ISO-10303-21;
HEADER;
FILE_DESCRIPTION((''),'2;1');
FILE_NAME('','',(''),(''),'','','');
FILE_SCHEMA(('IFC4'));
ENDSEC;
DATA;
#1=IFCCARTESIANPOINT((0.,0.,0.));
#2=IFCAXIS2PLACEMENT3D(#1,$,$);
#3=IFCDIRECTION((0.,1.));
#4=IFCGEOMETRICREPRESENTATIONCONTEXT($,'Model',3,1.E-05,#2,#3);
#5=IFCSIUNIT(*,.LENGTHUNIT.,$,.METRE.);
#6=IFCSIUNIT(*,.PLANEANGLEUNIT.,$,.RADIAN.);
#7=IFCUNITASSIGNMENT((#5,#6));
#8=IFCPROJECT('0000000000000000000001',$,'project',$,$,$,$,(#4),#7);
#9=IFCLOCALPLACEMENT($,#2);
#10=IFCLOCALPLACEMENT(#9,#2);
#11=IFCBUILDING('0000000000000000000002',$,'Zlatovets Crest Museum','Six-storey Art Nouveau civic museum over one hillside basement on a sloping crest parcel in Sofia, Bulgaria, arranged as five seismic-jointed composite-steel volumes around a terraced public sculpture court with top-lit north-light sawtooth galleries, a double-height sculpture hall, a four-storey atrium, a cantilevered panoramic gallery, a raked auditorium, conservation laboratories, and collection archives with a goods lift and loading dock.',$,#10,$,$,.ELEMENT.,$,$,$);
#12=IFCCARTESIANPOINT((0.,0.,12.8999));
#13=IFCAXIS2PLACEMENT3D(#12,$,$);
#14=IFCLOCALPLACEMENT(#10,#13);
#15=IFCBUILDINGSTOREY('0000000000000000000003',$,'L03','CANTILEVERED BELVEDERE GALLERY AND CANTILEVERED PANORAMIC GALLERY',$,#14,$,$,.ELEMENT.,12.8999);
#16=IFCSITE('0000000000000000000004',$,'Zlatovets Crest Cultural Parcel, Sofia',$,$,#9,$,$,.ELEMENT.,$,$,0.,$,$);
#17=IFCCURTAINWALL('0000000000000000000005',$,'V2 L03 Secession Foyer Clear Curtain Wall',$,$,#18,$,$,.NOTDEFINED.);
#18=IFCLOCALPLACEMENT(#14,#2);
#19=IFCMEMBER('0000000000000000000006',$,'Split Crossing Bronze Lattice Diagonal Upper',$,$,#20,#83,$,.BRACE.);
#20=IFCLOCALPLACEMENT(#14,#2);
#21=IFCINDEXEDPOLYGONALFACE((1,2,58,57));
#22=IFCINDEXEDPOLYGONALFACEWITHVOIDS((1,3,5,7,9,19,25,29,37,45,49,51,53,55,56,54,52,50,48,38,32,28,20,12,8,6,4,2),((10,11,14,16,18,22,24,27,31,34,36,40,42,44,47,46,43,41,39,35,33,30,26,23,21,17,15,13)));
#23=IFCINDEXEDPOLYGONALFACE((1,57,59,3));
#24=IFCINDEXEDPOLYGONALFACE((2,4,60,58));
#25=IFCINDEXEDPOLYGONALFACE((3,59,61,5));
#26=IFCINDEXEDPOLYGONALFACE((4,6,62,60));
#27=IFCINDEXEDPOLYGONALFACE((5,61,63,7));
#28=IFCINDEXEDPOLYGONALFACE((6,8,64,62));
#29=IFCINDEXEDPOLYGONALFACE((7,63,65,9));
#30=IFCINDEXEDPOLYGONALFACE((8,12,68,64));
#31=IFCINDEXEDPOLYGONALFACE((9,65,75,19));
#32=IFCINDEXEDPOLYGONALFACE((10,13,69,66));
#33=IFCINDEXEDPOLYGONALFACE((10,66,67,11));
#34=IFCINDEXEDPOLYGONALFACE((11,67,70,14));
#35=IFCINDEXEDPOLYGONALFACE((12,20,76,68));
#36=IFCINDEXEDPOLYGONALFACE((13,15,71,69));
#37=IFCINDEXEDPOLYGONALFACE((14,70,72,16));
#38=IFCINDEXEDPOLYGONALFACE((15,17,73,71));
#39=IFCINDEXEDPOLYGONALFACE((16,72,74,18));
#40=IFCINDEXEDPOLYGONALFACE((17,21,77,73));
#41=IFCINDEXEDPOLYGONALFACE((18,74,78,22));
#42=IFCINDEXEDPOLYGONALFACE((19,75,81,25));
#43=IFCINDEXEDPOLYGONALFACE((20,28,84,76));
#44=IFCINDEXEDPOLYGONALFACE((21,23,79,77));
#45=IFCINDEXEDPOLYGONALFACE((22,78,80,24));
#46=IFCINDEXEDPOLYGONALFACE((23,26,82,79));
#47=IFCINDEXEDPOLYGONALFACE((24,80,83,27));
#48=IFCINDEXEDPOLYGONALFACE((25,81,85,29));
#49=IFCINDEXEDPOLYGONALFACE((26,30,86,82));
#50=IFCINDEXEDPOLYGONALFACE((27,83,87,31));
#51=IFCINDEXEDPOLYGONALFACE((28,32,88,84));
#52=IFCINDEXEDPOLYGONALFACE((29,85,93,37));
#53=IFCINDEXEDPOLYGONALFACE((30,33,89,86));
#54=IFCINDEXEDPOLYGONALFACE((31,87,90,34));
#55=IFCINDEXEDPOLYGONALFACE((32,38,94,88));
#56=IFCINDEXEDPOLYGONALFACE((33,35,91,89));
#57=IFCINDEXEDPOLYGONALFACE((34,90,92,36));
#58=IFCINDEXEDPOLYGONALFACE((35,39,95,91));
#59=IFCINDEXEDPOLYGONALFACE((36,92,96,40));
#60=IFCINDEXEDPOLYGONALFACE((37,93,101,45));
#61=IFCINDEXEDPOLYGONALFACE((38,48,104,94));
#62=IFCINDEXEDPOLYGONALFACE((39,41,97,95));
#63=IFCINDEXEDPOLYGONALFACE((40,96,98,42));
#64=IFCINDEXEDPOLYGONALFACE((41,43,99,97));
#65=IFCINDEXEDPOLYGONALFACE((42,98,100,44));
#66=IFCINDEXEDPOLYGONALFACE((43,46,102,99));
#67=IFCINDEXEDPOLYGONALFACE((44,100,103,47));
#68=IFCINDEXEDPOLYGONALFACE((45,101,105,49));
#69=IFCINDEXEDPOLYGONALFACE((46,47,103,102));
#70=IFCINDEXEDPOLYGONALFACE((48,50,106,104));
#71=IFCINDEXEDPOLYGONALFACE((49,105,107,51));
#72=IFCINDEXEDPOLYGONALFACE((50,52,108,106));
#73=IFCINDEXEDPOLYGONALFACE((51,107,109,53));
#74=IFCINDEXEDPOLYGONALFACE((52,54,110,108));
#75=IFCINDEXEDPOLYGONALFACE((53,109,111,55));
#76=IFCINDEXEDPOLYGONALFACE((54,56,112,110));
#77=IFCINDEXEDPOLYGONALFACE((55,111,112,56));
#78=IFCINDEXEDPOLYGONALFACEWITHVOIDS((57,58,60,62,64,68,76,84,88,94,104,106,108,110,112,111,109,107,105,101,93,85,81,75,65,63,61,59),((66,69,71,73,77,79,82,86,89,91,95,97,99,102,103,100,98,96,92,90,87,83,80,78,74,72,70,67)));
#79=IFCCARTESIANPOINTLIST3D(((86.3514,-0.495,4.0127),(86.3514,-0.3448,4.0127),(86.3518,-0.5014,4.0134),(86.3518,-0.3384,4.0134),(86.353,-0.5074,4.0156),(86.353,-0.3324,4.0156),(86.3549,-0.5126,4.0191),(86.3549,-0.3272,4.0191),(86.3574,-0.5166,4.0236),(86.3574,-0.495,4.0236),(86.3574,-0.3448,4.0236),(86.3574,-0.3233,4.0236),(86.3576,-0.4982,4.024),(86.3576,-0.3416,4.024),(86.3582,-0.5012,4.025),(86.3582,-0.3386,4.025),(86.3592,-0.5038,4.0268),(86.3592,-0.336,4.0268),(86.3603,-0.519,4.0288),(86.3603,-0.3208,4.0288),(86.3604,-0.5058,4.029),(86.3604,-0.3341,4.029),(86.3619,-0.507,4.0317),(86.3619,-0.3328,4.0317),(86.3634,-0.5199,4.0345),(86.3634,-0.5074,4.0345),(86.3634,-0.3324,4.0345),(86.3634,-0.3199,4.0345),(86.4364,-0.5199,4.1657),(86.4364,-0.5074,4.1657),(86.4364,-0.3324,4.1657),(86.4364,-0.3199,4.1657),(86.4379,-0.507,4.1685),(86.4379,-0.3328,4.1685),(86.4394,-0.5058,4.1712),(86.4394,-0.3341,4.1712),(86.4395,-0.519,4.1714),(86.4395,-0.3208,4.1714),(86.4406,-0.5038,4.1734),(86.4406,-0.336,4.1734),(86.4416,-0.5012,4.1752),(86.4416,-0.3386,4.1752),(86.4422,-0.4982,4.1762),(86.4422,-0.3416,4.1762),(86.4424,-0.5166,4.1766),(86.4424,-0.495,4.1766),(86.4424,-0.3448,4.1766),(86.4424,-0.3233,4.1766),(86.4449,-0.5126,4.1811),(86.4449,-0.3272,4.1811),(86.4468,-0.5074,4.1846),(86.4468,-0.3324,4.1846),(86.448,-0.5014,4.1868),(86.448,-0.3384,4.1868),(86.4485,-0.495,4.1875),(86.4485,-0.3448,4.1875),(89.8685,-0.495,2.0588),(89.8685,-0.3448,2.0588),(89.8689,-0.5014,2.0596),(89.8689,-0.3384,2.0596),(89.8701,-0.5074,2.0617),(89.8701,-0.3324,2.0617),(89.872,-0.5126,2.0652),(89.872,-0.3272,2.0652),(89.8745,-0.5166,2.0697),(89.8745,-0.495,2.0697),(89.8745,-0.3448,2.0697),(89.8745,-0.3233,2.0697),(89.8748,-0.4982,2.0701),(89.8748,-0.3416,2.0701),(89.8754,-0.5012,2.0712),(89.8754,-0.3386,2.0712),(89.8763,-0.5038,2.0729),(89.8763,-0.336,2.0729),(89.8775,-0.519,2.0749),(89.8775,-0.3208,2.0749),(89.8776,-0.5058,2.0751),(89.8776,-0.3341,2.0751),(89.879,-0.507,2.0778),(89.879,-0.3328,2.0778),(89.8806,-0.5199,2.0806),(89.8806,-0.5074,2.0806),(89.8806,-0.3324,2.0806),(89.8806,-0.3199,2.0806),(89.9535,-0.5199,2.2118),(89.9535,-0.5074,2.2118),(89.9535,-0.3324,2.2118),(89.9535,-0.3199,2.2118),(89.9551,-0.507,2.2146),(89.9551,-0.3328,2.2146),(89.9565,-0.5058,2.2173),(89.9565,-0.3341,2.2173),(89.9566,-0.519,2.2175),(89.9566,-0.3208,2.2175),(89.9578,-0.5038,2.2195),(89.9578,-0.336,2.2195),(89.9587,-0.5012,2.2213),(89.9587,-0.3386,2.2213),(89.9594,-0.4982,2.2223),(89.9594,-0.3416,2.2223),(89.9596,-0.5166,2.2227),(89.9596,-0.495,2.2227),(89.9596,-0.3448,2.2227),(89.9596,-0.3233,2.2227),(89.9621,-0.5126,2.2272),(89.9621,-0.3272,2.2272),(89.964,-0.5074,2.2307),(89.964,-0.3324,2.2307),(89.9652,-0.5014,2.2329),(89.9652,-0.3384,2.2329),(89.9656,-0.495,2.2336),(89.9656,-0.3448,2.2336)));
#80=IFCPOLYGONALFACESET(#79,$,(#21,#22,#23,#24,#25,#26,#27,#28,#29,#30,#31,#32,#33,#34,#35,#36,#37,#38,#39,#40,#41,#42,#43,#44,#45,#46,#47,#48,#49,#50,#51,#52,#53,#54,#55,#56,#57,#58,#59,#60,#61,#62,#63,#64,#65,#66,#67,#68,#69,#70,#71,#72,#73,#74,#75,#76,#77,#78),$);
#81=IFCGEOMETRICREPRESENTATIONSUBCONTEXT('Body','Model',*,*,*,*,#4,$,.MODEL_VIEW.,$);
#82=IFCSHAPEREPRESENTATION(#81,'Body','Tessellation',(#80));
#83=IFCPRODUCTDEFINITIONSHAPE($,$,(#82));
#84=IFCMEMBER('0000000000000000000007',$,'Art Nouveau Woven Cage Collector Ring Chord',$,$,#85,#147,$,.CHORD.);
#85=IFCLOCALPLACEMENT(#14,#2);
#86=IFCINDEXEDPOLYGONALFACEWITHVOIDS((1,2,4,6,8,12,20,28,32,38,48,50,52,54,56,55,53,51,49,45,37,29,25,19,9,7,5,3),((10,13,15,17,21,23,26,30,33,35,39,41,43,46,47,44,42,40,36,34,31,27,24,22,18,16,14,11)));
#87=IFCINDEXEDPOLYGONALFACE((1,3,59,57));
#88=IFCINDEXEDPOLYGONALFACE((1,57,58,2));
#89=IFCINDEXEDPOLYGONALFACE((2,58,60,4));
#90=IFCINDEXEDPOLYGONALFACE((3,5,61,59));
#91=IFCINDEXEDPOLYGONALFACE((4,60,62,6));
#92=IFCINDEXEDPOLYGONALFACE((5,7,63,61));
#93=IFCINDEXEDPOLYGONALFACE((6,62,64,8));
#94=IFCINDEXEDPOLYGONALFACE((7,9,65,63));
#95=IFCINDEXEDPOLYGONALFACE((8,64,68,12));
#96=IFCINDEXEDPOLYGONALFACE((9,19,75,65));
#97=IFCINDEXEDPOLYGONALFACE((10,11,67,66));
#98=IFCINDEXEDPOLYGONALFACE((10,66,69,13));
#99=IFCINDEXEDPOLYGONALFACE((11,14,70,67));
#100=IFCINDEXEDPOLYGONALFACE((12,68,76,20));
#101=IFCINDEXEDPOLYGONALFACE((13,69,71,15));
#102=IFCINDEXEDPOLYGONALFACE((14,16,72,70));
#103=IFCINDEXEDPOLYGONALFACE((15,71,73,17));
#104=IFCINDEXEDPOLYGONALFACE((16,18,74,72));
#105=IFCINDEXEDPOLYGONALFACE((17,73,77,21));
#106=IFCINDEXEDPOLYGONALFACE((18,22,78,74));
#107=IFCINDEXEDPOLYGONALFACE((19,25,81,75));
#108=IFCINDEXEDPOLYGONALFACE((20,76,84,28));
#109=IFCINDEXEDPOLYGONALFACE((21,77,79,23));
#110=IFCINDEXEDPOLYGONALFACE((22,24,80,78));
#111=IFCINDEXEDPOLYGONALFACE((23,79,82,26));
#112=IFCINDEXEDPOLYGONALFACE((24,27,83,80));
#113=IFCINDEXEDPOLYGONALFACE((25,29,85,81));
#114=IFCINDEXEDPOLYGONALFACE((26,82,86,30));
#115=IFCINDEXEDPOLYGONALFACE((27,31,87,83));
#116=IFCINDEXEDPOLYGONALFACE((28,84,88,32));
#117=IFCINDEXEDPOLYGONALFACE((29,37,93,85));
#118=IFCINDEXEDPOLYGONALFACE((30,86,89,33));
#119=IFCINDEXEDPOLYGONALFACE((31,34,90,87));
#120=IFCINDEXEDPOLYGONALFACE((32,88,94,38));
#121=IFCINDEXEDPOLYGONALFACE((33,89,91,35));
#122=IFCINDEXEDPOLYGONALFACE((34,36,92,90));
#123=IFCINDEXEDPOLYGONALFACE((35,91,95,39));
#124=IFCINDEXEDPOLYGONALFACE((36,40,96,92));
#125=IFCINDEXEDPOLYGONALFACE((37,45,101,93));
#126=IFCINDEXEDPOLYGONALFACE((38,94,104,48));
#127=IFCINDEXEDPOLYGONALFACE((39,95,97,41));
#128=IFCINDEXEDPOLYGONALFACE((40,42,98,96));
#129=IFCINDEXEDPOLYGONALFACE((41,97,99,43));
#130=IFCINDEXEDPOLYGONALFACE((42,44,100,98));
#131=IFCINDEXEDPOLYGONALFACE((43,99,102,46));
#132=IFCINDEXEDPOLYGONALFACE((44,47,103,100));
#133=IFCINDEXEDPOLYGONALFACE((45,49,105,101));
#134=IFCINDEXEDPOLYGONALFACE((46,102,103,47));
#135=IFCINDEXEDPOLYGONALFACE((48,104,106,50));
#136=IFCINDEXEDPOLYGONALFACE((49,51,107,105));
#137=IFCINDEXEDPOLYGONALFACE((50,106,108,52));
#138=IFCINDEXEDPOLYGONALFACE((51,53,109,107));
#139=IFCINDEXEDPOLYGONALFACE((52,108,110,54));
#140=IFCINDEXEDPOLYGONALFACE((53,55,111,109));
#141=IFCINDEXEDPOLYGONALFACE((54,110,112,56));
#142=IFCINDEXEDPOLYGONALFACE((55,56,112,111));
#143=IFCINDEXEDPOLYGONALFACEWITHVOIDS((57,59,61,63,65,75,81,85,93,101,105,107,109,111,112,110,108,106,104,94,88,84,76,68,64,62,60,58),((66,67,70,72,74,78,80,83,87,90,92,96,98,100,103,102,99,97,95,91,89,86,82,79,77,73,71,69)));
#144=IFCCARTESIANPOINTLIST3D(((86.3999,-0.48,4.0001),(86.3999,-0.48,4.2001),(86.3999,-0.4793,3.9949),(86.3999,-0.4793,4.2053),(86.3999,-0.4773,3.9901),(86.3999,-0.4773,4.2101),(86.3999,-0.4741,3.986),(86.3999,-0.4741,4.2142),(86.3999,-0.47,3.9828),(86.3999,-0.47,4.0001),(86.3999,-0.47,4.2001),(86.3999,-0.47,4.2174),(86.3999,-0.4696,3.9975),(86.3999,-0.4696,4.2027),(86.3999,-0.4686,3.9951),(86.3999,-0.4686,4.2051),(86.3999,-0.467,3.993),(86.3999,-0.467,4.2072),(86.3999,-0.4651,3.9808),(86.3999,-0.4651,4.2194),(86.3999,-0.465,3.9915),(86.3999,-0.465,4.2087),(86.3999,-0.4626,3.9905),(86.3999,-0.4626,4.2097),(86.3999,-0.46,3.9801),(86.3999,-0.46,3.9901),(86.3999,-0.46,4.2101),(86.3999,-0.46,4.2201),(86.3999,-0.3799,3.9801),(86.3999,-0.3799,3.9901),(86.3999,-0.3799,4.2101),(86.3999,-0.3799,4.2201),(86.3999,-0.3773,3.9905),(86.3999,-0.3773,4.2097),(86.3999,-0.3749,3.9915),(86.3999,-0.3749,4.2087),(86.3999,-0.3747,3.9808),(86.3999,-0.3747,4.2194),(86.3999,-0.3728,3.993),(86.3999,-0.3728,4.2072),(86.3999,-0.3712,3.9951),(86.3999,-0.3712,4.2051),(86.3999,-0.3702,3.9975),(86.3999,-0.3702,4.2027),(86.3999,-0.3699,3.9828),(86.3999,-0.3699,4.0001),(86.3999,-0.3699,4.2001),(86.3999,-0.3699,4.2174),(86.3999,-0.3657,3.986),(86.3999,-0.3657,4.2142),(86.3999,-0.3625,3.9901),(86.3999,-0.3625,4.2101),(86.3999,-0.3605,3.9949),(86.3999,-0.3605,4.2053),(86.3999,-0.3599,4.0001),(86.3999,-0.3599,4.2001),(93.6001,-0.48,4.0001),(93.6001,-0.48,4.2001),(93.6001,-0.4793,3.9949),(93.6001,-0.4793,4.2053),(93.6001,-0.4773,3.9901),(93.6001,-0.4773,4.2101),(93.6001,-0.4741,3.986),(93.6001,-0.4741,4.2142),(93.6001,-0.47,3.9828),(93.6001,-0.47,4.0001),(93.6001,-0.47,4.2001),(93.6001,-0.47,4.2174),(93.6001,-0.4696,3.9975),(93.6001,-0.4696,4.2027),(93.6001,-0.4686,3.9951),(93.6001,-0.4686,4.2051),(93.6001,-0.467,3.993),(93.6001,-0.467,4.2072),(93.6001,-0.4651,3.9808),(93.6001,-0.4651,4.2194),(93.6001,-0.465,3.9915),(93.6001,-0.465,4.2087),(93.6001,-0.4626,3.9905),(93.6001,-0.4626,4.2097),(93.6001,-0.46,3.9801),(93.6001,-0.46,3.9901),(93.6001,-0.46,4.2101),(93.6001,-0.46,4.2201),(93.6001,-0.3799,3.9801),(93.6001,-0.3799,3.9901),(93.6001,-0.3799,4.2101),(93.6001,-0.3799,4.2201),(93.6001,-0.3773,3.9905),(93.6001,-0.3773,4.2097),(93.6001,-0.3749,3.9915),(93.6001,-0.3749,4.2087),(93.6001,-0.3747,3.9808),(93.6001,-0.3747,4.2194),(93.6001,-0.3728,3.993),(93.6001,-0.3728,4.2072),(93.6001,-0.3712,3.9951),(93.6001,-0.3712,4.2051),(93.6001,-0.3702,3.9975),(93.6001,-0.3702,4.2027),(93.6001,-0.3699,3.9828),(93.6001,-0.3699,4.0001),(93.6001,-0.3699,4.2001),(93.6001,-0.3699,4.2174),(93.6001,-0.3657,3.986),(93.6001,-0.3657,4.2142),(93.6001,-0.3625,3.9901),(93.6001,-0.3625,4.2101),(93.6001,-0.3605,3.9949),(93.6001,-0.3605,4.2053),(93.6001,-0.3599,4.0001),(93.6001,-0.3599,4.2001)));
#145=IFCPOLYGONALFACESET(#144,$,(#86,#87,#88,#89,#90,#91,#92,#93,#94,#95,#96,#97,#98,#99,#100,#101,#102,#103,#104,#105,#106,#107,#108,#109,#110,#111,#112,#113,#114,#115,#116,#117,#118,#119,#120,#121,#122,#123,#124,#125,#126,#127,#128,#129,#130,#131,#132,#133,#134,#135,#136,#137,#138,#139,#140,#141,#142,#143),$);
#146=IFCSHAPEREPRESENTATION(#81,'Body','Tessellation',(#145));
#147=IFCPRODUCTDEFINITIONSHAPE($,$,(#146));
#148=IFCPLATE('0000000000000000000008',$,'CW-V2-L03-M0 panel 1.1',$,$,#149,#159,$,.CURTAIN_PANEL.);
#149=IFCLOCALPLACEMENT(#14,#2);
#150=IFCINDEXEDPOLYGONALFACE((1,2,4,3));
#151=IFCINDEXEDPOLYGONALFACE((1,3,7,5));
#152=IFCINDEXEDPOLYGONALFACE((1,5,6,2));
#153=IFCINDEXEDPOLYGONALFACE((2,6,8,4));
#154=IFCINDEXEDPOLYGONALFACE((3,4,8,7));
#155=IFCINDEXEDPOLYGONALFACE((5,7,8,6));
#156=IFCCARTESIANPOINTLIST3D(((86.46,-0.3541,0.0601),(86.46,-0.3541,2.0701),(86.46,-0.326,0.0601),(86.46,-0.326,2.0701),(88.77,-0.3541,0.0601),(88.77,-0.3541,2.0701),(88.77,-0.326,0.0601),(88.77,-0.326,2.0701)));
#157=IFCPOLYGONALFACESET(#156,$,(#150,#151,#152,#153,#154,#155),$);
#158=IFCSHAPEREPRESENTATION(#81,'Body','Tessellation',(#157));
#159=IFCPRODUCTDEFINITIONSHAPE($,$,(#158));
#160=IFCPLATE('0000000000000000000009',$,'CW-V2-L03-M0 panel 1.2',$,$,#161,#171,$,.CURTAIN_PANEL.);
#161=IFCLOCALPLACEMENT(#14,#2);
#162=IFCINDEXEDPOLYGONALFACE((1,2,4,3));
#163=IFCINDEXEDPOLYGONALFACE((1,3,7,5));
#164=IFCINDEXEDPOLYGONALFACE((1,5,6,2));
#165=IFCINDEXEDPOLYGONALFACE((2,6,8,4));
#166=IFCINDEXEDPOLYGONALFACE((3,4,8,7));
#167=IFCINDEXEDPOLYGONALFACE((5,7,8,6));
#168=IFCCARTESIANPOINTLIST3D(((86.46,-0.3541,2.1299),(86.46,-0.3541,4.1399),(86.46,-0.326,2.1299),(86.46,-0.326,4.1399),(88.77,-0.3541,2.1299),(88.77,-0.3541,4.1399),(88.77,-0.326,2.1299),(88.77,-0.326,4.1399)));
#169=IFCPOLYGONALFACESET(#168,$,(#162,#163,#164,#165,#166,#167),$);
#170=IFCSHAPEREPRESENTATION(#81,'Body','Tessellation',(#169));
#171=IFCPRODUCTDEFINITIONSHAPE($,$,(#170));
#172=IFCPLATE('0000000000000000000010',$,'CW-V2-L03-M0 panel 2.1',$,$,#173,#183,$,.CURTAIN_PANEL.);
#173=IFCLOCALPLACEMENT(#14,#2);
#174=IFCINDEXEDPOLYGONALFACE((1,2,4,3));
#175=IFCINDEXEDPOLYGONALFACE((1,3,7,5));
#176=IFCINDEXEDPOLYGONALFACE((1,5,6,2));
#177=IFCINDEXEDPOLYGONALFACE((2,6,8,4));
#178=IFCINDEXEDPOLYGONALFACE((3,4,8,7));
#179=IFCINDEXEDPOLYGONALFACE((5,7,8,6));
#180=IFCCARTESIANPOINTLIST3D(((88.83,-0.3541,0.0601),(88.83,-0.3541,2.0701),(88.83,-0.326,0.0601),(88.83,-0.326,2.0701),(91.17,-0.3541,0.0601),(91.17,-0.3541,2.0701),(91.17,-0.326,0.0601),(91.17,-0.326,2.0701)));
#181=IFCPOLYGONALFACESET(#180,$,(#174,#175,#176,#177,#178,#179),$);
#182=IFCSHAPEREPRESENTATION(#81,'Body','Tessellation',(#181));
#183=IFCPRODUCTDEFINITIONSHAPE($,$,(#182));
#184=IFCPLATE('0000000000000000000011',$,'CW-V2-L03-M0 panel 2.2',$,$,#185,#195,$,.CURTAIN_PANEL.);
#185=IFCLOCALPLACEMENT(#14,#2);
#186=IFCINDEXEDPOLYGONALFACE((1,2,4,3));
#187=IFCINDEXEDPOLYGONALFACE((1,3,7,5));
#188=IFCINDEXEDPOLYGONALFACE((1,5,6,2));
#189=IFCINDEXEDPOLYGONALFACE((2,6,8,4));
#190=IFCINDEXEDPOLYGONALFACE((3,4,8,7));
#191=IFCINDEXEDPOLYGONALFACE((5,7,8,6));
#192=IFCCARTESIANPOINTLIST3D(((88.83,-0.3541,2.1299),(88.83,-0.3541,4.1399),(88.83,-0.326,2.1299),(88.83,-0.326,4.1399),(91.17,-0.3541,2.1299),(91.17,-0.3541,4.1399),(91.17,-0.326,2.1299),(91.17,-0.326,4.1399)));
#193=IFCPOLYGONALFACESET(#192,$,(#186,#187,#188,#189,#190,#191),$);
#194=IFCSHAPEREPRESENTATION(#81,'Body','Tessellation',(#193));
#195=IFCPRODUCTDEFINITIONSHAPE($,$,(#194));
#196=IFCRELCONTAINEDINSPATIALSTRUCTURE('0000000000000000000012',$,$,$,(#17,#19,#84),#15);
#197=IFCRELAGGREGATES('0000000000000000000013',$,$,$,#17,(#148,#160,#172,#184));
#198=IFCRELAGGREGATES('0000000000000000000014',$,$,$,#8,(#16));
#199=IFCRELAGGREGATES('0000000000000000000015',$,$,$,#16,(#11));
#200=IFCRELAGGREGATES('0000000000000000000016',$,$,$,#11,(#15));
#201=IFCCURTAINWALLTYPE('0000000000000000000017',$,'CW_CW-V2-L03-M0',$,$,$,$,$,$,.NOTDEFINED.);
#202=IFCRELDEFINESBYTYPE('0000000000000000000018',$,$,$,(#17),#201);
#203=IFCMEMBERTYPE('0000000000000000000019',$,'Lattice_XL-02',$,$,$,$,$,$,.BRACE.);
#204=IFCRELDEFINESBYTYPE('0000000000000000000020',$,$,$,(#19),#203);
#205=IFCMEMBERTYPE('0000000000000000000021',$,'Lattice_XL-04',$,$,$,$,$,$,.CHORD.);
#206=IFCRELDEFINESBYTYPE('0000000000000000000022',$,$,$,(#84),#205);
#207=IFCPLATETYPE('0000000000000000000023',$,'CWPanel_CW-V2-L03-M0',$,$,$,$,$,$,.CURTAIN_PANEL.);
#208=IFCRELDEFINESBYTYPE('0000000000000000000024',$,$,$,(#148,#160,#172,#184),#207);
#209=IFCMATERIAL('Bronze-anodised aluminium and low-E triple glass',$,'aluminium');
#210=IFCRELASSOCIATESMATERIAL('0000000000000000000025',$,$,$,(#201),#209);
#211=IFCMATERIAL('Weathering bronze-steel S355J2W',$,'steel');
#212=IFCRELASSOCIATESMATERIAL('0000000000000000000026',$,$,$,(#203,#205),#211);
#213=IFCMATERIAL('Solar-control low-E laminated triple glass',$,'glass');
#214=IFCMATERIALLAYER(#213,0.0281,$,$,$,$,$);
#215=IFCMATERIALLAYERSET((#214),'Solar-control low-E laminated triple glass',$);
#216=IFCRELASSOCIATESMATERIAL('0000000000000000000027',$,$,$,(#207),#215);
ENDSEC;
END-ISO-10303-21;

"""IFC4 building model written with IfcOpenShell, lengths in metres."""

from ifc_helpers import new_model, si_unit, direction, frame, origin, origin_2d, place, context, subcontext, project, spatial, rectangle, hollow_rectangle, extrude, material, layer, layer_set, material_profile, profile_set, type_object, element, aggregate, save


model = new_model("IFC4")

# Units and contexts
model_context = context("Model", 3, precision=1e-05, world=origin(), true_north=direction((0.0, 1.0)))
body_context = subcontext(model_context, "Body", "Model", "MODEL_VIEW")
ifc_project = project(units=[si_unit("LENGTHUNIT", "METRE"), si_unit("PLANEANGLEUNIT", "RADIAN")], contexts=[model_context])

# Site, building, storey
site_placement = place(None, origin())
site = spatial("IfcSite", under=ifc_project, at=site_placement, Name="Zlatovets Crest Cultural Parcel, Sofia", CompositionType="ELEMENT", RefElevation=0.0)
building_placement = place(site_placement, origin())
building = spatial("IfcBuilding", under=site, at=building_placement, Name="Zlatovets Crest Museum", Description="Six-storey Art Nouveau civic museum over one hillside basement on a sloping crest parcel in Sofia, Bulgaria, arranged as five seismic-jointed composite-steel volumes around a terraced public sculpture court with top-lit north-light sawtooth galleries, a double-height sculpture hall, a four-storey atrium, a cantilevered panoramic gallery, a raked auditorium, conservation laboratories, and collection archives with a goods lift and loading dock.", CompositionType="ELEMENT")
storey_placement = place(building_placement, frame((0.0, 0.0, 12.8999)))
storey = spatial("IfcBuildingStorey", under=building, at=storey_placement, Name="L03", Description="CANTILEVERED BELVEDERE GALLERY AND CANTILEVERED PANORAMIC GALLERY", CompositionType="ELEMENT", Elevation=12.8999)

# Curtain wall
ifc_material_1 = material(Name="Bronze-anodised aluminium and low-E triple glass", Category="aluminium")
curtain_wall_type = type_object("IfcCurtainWallType", Name="CW_CW-V2-L03-M0", PredefinedType="NOTDEFINED", material=ifc_material_1)
curtain_wall_placement = place(storey_placement, origin())
curtain_wall = element("IfcCurtainWall", 1, at=curtain_wall_placement, inside=storey, type_object=curtain_wall_type, Name="V2 L03 Secession Foyer Clear Curtain Wall", PredefinedType="NOTDEFINED")

# Members
ifc_material_2 = material(Name="Weathering bronze-steel S355J2W", Category="steel")
ifc_material_profile_1 = material_profile(ifc_material_2, hollow_rectangle(XDim=0.2, YDim=0.2, WallThickness=0.0125, InnerFilletRadius=0.0125, OuterFilletRadius=0.0249, at=origin_2d()), Name="SHS 200x200x12.5")
ifc_profile_set_1 = profile_set([ifc_material_profile_1], Name="Weathering bronze-steel S355J2W")
member_type_1 = type_object("IfcMemberType", Name="Lattice_XL-02", PredefinedType="BRACE", material=ifc_profile_set_1)
member_1_placement = place(storey_placement, frame((86.3999, -0.4199, 4.1001), z_axis=(0.874166, 0.0, -0.485627), x_axis=(0.0, 1.0, 0.0)))
element("IfcMember", 2, at=member_1_placement, inside=storey, type_object=member_type_1, Name="Split Crossing Bronze Lattice Diagonal Upper", PredefinedType="BRACE", context=body_context, shape_type="SweptSolid", body=[
    extrude(hollow_rectangle(XDim=0.2, YDim=0.2, WallThickness=0.0125, InnerFilletRadius=0.0125, OuterFilletRadius=0.0249, at=origin_2d()), origin(), (0.0, 0.0, 1.0), 4.0234),
])
ifc_material_profile_2 = material_profile(ifc_material_2, hollow_rectangle(XDim=0.1201, YDim=0.24, WallThickness=0.01, InnerFilletRadius=0.01, OuterFilletRadius=0.02, at=origin_2d()), Name="RHS 120x240x10.0")
ifc_profile_set_2 = profile_set([ifc_material_profile_2], Name="Weathering bronze-steel S355J2W")
member_type_2 = type_object("IfcMemberType", Name="Lattice_XL-04", PredefinedType="CHORD", material=ifc_profile_set_2)
member_2_placement = place(storey_placement, frame((86.3999, -0.4199, 4.1001), z_axis=(1.0, 0.0, 0.0), x_axis=(0.0, 1.0, 0.0)))
element("IfcMember", 3, at=member_2_placement, inside=storey, type_object=member_type_2, Name="Art Nouveau Woven Cage Collector Ring Chord", PredefinedType="CHORD", context=body_context, shape_type="SweptSolid", body=[
    extrude(hollow_rectangle(XDim=0.1201, YDim=0.24, WallThickness=0.01, InnerFilletRadius=0.01, OuterFilletRadius=0.02, at=origin_2d()), origin(), (0.0, 0.0, 1.0), 7.2002),
])

# Plates
ifc_material_3 = material(Name="Solar-control low-E laminated triple glass", Category="glass")
ifc_layer_1 = layer(ifc_material_3, 0.0281)
ifc_layer_set_1 = layer_set([ifc_layer_1], Name="Solar-control low-E laminated triple glass")
plate_type_1 = type_object("IfcPlateType", Name="CWPanel_CW-V2-L03-M0", PredefinedType="CURTAIN_PANEL", material=ifc_layer_set_1)
plate_1_placement = place(storey_placement, frame((87.615, -0.3401, 0.0601), z_axis=(0.0, 0.0, 1.0), x_axis=(1.0, 0.0, 0.0)))
plate_1 = element("IfcPlate", 4, at=plate_1_placement, type_object=plate_type_1, Name="CW-V2-L03-M0 panel 1.1", PredefinedType="CURTAIN_PANEL", context=body_context, shape_type="SweptSolid", body=[
    extrude(rectangle(XDim=2.3101, YDim=0.0281, at=origin_2d()), origin(), (0.0, 0.0, 1.0), 2.01),
])
plate_2_placement = place(storey_placement, frame((87.615, -0.3401, 2.1299), z_axis=(0.0, 0.0, 1.0), x_axis=(1.0, 0.0, 0.0)))
plate_2 = element("IfcPlate", 5, at=plate_2_placement, type_object=plate_type_1, Name="CW-V2-L03-M0 panel 1.2", PredefinedType="CURTAIN_PANEL", context=body_context, shape_type="SweptSolid", body=[
    extrude(rectangle(XDim=2.3101, YDim=0.0281, at=origin_2d()), origin(), (0.0, 0.0, 1.0), 2.01),
])
plate_3_placement = place(storey_placement, frame((90.0, -0.3401, 0.0601), z_axis=(0.0, 0.0, 1.0), x_axis=(1.0, 0.0, 0.0)))
plate_3 = element("IfcPlate", 6, at=plate_3_placement, type_object=plate_type_1, Name="CW-V2-L03-M0 panel 2.1", PredefinedType="CURTAIN_PANEL", context=body_context, shape_type="SweptSolid", body=[
    extrude(rectangle(XDim=2.3401, YDim=0.0281, at=origin_2d()), origin(), (0.0, 0.0, 1.0), 2.01),
])
plate_4_placement = place(storey_placement, frame((90.0, -0.3401, 2.1299), z_axis=(0.0, 0.0, 1.0), x_axis=(1.0, 0.0, 0.0)))
plate_4 = element("IfcPlate", 7, at=plate_4_placement, type_object=plate_type_1, Name="CW-V2-L03-M0 panel 2.2", PredefinedType="CURTAIN_PANEL", context=body_context, shape_type="SweptSolid", body=[
    extrude(rectangle(XDim=2.3401, YDim=0.0281, at=origin_2d()), origin(), (0.0, 0.0, 1.0), 2.01),
])
aggregate(curtain_wall, [plate_1, plate_2, plate_3, plate_4])

save(model, "model.ifc")
